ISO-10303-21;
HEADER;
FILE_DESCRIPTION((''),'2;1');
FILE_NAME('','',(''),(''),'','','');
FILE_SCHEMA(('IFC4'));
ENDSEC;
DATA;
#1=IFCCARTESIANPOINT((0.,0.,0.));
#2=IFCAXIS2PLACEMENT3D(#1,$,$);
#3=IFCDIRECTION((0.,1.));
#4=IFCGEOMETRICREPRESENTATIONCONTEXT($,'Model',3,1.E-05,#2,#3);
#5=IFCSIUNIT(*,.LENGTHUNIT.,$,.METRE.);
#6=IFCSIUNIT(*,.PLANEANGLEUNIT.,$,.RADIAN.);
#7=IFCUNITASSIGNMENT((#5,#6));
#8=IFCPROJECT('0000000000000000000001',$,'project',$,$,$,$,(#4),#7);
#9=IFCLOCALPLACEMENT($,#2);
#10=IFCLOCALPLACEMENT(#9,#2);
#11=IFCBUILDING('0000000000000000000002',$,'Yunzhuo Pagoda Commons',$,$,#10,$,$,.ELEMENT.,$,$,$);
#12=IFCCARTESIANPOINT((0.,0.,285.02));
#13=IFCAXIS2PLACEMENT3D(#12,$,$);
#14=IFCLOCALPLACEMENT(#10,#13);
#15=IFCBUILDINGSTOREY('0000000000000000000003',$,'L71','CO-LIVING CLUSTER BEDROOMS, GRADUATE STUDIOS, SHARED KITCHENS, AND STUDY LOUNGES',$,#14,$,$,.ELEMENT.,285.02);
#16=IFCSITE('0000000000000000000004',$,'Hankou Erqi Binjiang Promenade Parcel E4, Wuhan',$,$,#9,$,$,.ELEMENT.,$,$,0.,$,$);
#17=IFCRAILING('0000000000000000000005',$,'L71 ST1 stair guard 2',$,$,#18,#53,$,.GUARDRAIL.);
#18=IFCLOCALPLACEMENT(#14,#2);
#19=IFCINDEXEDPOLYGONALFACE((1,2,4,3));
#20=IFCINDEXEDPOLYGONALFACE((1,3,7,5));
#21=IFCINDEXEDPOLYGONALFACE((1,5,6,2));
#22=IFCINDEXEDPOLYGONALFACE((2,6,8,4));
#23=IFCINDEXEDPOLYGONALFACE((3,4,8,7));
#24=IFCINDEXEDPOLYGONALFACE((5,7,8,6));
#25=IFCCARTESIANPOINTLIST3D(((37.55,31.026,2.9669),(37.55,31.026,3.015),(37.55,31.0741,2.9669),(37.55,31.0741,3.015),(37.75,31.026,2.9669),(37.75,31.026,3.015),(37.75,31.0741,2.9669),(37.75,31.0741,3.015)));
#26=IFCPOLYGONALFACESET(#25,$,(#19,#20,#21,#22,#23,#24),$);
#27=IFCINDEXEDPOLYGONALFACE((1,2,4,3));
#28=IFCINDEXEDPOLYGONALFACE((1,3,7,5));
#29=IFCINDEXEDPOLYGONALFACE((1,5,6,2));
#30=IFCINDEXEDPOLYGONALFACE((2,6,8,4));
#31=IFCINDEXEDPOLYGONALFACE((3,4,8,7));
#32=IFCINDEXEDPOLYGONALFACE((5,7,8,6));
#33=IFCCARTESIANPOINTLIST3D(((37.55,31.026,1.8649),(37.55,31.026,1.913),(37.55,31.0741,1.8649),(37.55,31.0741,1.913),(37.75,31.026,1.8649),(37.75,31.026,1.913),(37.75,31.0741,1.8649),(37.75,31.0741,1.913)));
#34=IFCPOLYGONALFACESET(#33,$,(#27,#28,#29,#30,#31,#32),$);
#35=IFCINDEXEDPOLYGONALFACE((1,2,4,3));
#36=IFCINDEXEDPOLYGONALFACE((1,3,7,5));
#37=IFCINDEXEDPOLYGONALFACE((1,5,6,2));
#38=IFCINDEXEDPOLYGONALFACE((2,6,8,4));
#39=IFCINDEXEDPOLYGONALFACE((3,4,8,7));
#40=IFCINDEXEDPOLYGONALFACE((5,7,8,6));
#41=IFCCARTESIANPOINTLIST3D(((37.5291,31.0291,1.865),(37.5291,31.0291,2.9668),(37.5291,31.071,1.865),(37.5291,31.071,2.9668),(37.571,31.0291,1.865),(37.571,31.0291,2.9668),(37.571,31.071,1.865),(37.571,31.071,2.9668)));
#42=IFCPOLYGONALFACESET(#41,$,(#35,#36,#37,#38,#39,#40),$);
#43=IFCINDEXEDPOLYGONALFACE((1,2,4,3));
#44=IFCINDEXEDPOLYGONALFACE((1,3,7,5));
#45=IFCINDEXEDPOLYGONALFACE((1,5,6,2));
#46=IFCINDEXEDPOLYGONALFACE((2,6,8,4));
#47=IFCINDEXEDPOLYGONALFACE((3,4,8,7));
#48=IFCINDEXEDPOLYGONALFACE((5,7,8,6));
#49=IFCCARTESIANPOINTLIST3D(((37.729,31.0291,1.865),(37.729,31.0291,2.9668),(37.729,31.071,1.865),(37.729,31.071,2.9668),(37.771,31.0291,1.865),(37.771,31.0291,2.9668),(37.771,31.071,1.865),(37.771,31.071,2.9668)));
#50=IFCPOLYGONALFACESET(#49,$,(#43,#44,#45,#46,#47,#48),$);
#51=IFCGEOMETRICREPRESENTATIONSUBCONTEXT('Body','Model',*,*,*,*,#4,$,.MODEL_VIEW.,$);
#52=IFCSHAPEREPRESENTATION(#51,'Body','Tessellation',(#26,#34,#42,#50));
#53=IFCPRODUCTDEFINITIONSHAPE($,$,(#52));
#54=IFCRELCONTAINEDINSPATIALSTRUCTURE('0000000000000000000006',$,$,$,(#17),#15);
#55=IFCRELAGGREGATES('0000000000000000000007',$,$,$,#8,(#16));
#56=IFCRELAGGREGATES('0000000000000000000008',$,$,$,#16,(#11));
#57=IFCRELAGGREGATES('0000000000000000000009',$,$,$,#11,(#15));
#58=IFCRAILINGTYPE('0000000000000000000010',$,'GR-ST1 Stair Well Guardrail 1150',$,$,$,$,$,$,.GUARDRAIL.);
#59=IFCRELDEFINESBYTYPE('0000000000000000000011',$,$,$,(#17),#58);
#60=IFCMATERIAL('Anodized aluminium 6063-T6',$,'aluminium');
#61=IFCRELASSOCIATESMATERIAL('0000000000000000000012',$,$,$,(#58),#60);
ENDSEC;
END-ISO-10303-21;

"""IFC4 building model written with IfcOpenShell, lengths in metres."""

from ifc_helpers import new_model, si_unit, direction, frame, origin, origin_2d, place, context, subcontext, project, spatial, rectangle, extrude, material, type_object, element, save


model = new_model("IFC4")

# Units and contexts
model_context = context("Model", 3, precision=1e-05, world=origin(), true_north=direction((0.0, 1.0)))
body_context = subcontext(model_context, "Body", "Model", "MODEL_VIEW")
ifc_project = project(units=[si_unit("LENGTHUNIT", "METRE"), si_unit("PLANEANGLEUNIT", "RADIAN")], contexts=[model_context])

# Site, building, storey
site_placement = place(None, origin())
site = spatial("IfcSite", under=ifc_project, at=site_placement, Name="Hankou Erqi Binjiang Promenade Parcel E4, Wuhan", CompositionType="ELEMENT", RefElevation=0.0)
building_placement = place(site_placement, origin())
building = spatial("IfcBuilding", under=site, at=building_placement, Name="Yunzhuo Pagoda Commons", CompositionType="ELEMENT")
storey_placement = place(building_placement, frame((0.0, 0.0, 285.02)))
storey = spatial("IfcBuildingStorey", under=building, at=storey_placement, Name="L71", Description="CO-LIVING CLUSTER BEDROOMS, GRADUATE STUDIOS, SHARED KITCHENS, AND STUDY LOUNGES", CompositionType="ELEMENT", Elevation=285.02)

# Railing
ifc_material_1 = material(Name="Anodized aluminium 6063-T6", Category="aluminium")
railing_type = type_object("IfcRailingType", Name="GR-ST1 Stair Well Guardrail 1150", PredefinedType="GUARDRAIL", material=ifc_material_1)
railing_placement = place(storey_placement, frame((37.55, 31.05, 1.865)))
element("IfcRailing", 1, at=railing_placement, inside=storey, type_object=railing_type, Name="L71 ST1 stair guard 2", PredefinedType="GUARDRAIL", context=body_context, shape_type="SweptSolid", body=[
    extrude(rectangle(XDim=0.0481, YDim=0.0481, at=origin_2d()), frame((0.0, 0.0, 1.126), z_axis=(1.0, 0.0, 0.0), x_axis=(0.0, 1.0, 0.0)), (0.0, 0.0, 1.0), 0.2),
    extrude(rectangle(XDim=0.0481, YDim=0.0481, at=origin_2d()), frame((0.0, 0.0, 0.0239), z_axis=(1.0, 0.0, 0.0), x_axis=(0.0, 1.0, 0.0)), (0.0, 0.0, 1.0), 0.2),
    extrude(rectangle(XDim=0.042, YDim=0.042, at=origin_2d()), origin(), (0.0, 0.0, 1.0), 1.1018),
    extrude(rectangle(XDim=0.042, YDim=0.042, at=origin_2d()), frame((0.2, 0.0, 0.0)), (0.0, 0.0, 1.0), 1.1018),
])

save(model, "model.ifc")
